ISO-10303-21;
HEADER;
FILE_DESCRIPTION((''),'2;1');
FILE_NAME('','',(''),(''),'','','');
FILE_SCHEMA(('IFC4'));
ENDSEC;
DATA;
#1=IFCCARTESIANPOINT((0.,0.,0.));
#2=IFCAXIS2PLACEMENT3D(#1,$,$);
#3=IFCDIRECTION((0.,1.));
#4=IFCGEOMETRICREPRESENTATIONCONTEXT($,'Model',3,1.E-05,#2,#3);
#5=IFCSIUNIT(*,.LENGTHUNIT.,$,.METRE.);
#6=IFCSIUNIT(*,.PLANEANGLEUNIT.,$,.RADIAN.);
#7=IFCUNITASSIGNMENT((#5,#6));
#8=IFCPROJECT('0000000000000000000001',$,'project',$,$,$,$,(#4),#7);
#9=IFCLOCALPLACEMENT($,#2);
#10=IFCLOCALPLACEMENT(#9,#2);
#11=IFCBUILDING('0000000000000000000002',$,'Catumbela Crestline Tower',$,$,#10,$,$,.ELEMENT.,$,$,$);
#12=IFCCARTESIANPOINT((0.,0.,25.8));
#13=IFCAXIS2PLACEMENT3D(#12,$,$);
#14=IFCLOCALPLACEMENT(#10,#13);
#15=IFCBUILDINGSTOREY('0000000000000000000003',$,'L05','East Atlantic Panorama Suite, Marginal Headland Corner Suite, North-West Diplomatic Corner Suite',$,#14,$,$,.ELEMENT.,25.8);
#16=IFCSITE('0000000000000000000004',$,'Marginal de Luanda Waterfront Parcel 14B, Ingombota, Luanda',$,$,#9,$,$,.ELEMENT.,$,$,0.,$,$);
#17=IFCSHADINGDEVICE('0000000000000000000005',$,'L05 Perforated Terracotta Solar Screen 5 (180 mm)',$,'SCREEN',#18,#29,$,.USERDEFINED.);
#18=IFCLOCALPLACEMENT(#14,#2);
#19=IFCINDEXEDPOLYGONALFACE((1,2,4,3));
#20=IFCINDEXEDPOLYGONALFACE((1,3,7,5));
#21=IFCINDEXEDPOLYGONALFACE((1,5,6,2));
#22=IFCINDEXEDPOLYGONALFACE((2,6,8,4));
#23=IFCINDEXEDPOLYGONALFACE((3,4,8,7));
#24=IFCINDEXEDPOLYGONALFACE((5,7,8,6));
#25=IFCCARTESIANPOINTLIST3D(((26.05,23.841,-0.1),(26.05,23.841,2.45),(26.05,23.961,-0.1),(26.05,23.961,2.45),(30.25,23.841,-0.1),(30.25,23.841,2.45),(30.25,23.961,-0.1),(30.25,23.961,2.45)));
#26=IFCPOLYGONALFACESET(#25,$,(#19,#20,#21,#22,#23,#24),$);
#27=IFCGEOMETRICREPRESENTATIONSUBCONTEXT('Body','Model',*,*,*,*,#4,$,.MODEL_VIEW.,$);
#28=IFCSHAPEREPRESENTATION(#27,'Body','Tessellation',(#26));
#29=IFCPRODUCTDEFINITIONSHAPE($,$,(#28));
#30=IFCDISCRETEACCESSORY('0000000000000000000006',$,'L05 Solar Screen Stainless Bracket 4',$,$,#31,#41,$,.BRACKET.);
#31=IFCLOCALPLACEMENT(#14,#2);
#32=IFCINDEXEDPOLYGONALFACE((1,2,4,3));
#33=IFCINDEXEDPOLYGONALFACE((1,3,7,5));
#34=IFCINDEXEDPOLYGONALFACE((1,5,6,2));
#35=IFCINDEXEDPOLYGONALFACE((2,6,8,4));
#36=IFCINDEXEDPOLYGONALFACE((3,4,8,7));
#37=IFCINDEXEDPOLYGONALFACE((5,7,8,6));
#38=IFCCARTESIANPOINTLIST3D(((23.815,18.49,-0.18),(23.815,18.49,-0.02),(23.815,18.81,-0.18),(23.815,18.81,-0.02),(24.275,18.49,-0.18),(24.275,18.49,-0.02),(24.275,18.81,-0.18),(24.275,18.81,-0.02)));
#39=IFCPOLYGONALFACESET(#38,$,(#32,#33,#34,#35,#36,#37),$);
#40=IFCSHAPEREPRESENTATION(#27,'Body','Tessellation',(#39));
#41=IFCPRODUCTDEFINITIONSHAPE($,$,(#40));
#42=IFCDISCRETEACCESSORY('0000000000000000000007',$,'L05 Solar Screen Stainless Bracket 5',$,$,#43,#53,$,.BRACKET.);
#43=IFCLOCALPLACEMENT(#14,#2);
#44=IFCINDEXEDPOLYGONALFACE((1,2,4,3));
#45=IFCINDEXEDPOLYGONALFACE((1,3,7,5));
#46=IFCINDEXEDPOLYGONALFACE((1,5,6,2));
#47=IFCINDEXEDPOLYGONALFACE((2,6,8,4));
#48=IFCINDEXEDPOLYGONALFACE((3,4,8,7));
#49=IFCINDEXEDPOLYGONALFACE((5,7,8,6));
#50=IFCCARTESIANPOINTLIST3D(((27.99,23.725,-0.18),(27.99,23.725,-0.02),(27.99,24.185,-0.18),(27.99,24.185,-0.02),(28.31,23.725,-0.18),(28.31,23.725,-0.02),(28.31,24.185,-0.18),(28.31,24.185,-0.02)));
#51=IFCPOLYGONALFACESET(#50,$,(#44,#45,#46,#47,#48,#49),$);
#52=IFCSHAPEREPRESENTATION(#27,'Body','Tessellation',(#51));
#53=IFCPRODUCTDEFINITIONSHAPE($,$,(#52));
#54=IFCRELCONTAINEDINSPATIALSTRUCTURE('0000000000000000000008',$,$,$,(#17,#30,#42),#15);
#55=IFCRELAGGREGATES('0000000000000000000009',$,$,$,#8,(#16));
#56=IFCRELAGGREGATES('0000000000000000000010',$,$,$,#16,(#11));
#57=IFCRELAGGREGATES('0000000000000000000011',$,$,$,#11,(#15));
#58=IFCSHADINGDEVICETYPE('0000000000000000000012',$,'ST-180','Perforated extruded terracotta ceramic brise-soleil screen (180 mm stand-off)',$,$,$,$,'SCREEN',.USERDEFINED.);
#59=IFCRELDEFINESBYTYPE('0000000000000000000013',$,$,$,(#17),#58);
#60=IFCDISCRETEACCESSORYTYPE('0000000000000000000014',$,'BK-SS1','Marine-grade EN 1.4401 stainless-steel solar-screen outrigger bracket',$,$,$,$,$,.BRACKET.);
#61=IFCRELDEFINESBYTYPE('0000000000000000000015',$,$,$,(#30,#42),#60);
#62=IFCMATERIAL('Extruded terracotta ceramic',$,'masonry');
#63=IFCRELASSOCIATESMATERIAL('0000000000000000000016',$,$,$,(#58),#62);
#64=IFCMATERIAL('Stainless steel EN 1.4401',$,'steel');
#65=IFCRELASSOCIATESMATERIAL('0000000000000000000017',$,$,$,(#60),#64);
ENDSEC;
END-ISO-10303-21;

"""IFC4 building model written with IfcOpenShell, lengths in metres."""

from ifc_helpers import new_model, si_unit, direction, frame, origin, origin_2d, place, context, subcontext, project, spatial, rectangle, extrude, material, type_object, element, save


model = new_model("IFC4")

# Units and contexts
model_context = context("Model", 3, precision=1e-05, world=origin(), true_north=direction((0.0, 1.0)))
body_context = subcontext(model_context, "Body", "Model", "MODEL_VIEW")
ifc_project = project(units=[si_unit("LENGTHUNIT", "METRE"), si_unit("PLANEANGLEUNIT", "RADIAN")], contexts=[model_context])

# Site, building, storey
site_placement = place(None, origin())
site = spatial("IfcSite", under=ifc_project, at=site_placement, Name="Marginal de Luanda Waterfront Parcel 14B, Ingombota, Luanda", CompositionType="ELEMENT", RefElevation=0.0)
building_placement = place(site_placement, origin())
building = spatial("IfcBuilding", under=site, at=building_placement, Name="Catumbela Crestline Tower", CompositionType="ELEMENT")
storey_placement = place(building_placement, frame((0.0, 0.0, 25.8)))
storey = spatial("IfcBuildingStorey", under=building, at=storey_placement, Name="L05", Description="East Atlantic Panorama Suite, Marginal Headland Corner Suite, North-West Diplomatic Corner Suite", CompositionType="ELEMENT", Elevation=25.8)

# Shared definitions
ifc_material_1 = material(Name="Stainless steel EN 1.4401", Category="steel")

# Shared definitions
ifc_material_2 = material(Name="Extruded terracotta ceramic", Category="masonry")

# Shading device
shading_device_type = type_object("IfcShadingDeviceType", Name="ST-180", Description="Perforated extruded terracotta ceramic brise-soleil screen (180 mm stand-off)", ElementType="SCREEN", PredefinedType="USERDEFINED", material=ifc_material_2)
for number, where, z_axis, x_axis, name in (
    (1, (28.15, 23.901, -0.1), (0.0, 0.0, 1.0), (1.0, 0.0, 0.0), "L05 Perforated Terracotta Solar Screen 5 (180 mm)"),
):
    element("IfcShadingDevice", number, at=place(storey_placement, frame(where, z_axis=z_axis, x_axis=x_axis)), inside=storey, type_object=shading_device_type, Name=name, ObjectType="SCREEN", PredefinedType="USERDEFINED", context=body_context, shape_type="SweptSolid", body=[
        extrude(rectangle(XDim=4.2, YDim=0.12, at=origin_2d()), origin(), (0.0, 0.0, 1.0), 2.55),
    ])

# Discrete accessories
discrete_accessory_type = type_object("IfcDiscreteAccessoryType", Name="BK-SS1", Description="Marine-grade EN 1.4401 stainless-steel solar-screen outrigger bracket", PredefinedType="BRACKET", material=ifc_material_1)
for number, where, z_axis, x_axis, name in (
    (2, (24.045, 18.65, -0.18), (0.0, 0.0, 1.0), (0.0, 1.0, 0.0), "L05 Solar Screen Stainless Bracket 4"),
    (3, (28.15, 23.955, -0.18), (0.0, 0.0, 1.0), (1.0, 0.0, 0.0), "L05 Solar Screen Stainless Bracket 5"),
):
    element("IfcDiscreteAccessory", number, at=place(storey_placement, frame(where, z_axis=z_axis, x_axis=x_axis)), inside=storey, type_object=discrete_accessory_type, Name=name, PredefinedType="BRACKET", context=body_context, shape_type="SweptSolid", body=[
        extrude(rectangle(XDim=0.32, YDim=0.46, at=origin_2d()), origin(), (0.0, 0.0, 1.0), 0.16),
    ])

save(model, "model.ifc")
